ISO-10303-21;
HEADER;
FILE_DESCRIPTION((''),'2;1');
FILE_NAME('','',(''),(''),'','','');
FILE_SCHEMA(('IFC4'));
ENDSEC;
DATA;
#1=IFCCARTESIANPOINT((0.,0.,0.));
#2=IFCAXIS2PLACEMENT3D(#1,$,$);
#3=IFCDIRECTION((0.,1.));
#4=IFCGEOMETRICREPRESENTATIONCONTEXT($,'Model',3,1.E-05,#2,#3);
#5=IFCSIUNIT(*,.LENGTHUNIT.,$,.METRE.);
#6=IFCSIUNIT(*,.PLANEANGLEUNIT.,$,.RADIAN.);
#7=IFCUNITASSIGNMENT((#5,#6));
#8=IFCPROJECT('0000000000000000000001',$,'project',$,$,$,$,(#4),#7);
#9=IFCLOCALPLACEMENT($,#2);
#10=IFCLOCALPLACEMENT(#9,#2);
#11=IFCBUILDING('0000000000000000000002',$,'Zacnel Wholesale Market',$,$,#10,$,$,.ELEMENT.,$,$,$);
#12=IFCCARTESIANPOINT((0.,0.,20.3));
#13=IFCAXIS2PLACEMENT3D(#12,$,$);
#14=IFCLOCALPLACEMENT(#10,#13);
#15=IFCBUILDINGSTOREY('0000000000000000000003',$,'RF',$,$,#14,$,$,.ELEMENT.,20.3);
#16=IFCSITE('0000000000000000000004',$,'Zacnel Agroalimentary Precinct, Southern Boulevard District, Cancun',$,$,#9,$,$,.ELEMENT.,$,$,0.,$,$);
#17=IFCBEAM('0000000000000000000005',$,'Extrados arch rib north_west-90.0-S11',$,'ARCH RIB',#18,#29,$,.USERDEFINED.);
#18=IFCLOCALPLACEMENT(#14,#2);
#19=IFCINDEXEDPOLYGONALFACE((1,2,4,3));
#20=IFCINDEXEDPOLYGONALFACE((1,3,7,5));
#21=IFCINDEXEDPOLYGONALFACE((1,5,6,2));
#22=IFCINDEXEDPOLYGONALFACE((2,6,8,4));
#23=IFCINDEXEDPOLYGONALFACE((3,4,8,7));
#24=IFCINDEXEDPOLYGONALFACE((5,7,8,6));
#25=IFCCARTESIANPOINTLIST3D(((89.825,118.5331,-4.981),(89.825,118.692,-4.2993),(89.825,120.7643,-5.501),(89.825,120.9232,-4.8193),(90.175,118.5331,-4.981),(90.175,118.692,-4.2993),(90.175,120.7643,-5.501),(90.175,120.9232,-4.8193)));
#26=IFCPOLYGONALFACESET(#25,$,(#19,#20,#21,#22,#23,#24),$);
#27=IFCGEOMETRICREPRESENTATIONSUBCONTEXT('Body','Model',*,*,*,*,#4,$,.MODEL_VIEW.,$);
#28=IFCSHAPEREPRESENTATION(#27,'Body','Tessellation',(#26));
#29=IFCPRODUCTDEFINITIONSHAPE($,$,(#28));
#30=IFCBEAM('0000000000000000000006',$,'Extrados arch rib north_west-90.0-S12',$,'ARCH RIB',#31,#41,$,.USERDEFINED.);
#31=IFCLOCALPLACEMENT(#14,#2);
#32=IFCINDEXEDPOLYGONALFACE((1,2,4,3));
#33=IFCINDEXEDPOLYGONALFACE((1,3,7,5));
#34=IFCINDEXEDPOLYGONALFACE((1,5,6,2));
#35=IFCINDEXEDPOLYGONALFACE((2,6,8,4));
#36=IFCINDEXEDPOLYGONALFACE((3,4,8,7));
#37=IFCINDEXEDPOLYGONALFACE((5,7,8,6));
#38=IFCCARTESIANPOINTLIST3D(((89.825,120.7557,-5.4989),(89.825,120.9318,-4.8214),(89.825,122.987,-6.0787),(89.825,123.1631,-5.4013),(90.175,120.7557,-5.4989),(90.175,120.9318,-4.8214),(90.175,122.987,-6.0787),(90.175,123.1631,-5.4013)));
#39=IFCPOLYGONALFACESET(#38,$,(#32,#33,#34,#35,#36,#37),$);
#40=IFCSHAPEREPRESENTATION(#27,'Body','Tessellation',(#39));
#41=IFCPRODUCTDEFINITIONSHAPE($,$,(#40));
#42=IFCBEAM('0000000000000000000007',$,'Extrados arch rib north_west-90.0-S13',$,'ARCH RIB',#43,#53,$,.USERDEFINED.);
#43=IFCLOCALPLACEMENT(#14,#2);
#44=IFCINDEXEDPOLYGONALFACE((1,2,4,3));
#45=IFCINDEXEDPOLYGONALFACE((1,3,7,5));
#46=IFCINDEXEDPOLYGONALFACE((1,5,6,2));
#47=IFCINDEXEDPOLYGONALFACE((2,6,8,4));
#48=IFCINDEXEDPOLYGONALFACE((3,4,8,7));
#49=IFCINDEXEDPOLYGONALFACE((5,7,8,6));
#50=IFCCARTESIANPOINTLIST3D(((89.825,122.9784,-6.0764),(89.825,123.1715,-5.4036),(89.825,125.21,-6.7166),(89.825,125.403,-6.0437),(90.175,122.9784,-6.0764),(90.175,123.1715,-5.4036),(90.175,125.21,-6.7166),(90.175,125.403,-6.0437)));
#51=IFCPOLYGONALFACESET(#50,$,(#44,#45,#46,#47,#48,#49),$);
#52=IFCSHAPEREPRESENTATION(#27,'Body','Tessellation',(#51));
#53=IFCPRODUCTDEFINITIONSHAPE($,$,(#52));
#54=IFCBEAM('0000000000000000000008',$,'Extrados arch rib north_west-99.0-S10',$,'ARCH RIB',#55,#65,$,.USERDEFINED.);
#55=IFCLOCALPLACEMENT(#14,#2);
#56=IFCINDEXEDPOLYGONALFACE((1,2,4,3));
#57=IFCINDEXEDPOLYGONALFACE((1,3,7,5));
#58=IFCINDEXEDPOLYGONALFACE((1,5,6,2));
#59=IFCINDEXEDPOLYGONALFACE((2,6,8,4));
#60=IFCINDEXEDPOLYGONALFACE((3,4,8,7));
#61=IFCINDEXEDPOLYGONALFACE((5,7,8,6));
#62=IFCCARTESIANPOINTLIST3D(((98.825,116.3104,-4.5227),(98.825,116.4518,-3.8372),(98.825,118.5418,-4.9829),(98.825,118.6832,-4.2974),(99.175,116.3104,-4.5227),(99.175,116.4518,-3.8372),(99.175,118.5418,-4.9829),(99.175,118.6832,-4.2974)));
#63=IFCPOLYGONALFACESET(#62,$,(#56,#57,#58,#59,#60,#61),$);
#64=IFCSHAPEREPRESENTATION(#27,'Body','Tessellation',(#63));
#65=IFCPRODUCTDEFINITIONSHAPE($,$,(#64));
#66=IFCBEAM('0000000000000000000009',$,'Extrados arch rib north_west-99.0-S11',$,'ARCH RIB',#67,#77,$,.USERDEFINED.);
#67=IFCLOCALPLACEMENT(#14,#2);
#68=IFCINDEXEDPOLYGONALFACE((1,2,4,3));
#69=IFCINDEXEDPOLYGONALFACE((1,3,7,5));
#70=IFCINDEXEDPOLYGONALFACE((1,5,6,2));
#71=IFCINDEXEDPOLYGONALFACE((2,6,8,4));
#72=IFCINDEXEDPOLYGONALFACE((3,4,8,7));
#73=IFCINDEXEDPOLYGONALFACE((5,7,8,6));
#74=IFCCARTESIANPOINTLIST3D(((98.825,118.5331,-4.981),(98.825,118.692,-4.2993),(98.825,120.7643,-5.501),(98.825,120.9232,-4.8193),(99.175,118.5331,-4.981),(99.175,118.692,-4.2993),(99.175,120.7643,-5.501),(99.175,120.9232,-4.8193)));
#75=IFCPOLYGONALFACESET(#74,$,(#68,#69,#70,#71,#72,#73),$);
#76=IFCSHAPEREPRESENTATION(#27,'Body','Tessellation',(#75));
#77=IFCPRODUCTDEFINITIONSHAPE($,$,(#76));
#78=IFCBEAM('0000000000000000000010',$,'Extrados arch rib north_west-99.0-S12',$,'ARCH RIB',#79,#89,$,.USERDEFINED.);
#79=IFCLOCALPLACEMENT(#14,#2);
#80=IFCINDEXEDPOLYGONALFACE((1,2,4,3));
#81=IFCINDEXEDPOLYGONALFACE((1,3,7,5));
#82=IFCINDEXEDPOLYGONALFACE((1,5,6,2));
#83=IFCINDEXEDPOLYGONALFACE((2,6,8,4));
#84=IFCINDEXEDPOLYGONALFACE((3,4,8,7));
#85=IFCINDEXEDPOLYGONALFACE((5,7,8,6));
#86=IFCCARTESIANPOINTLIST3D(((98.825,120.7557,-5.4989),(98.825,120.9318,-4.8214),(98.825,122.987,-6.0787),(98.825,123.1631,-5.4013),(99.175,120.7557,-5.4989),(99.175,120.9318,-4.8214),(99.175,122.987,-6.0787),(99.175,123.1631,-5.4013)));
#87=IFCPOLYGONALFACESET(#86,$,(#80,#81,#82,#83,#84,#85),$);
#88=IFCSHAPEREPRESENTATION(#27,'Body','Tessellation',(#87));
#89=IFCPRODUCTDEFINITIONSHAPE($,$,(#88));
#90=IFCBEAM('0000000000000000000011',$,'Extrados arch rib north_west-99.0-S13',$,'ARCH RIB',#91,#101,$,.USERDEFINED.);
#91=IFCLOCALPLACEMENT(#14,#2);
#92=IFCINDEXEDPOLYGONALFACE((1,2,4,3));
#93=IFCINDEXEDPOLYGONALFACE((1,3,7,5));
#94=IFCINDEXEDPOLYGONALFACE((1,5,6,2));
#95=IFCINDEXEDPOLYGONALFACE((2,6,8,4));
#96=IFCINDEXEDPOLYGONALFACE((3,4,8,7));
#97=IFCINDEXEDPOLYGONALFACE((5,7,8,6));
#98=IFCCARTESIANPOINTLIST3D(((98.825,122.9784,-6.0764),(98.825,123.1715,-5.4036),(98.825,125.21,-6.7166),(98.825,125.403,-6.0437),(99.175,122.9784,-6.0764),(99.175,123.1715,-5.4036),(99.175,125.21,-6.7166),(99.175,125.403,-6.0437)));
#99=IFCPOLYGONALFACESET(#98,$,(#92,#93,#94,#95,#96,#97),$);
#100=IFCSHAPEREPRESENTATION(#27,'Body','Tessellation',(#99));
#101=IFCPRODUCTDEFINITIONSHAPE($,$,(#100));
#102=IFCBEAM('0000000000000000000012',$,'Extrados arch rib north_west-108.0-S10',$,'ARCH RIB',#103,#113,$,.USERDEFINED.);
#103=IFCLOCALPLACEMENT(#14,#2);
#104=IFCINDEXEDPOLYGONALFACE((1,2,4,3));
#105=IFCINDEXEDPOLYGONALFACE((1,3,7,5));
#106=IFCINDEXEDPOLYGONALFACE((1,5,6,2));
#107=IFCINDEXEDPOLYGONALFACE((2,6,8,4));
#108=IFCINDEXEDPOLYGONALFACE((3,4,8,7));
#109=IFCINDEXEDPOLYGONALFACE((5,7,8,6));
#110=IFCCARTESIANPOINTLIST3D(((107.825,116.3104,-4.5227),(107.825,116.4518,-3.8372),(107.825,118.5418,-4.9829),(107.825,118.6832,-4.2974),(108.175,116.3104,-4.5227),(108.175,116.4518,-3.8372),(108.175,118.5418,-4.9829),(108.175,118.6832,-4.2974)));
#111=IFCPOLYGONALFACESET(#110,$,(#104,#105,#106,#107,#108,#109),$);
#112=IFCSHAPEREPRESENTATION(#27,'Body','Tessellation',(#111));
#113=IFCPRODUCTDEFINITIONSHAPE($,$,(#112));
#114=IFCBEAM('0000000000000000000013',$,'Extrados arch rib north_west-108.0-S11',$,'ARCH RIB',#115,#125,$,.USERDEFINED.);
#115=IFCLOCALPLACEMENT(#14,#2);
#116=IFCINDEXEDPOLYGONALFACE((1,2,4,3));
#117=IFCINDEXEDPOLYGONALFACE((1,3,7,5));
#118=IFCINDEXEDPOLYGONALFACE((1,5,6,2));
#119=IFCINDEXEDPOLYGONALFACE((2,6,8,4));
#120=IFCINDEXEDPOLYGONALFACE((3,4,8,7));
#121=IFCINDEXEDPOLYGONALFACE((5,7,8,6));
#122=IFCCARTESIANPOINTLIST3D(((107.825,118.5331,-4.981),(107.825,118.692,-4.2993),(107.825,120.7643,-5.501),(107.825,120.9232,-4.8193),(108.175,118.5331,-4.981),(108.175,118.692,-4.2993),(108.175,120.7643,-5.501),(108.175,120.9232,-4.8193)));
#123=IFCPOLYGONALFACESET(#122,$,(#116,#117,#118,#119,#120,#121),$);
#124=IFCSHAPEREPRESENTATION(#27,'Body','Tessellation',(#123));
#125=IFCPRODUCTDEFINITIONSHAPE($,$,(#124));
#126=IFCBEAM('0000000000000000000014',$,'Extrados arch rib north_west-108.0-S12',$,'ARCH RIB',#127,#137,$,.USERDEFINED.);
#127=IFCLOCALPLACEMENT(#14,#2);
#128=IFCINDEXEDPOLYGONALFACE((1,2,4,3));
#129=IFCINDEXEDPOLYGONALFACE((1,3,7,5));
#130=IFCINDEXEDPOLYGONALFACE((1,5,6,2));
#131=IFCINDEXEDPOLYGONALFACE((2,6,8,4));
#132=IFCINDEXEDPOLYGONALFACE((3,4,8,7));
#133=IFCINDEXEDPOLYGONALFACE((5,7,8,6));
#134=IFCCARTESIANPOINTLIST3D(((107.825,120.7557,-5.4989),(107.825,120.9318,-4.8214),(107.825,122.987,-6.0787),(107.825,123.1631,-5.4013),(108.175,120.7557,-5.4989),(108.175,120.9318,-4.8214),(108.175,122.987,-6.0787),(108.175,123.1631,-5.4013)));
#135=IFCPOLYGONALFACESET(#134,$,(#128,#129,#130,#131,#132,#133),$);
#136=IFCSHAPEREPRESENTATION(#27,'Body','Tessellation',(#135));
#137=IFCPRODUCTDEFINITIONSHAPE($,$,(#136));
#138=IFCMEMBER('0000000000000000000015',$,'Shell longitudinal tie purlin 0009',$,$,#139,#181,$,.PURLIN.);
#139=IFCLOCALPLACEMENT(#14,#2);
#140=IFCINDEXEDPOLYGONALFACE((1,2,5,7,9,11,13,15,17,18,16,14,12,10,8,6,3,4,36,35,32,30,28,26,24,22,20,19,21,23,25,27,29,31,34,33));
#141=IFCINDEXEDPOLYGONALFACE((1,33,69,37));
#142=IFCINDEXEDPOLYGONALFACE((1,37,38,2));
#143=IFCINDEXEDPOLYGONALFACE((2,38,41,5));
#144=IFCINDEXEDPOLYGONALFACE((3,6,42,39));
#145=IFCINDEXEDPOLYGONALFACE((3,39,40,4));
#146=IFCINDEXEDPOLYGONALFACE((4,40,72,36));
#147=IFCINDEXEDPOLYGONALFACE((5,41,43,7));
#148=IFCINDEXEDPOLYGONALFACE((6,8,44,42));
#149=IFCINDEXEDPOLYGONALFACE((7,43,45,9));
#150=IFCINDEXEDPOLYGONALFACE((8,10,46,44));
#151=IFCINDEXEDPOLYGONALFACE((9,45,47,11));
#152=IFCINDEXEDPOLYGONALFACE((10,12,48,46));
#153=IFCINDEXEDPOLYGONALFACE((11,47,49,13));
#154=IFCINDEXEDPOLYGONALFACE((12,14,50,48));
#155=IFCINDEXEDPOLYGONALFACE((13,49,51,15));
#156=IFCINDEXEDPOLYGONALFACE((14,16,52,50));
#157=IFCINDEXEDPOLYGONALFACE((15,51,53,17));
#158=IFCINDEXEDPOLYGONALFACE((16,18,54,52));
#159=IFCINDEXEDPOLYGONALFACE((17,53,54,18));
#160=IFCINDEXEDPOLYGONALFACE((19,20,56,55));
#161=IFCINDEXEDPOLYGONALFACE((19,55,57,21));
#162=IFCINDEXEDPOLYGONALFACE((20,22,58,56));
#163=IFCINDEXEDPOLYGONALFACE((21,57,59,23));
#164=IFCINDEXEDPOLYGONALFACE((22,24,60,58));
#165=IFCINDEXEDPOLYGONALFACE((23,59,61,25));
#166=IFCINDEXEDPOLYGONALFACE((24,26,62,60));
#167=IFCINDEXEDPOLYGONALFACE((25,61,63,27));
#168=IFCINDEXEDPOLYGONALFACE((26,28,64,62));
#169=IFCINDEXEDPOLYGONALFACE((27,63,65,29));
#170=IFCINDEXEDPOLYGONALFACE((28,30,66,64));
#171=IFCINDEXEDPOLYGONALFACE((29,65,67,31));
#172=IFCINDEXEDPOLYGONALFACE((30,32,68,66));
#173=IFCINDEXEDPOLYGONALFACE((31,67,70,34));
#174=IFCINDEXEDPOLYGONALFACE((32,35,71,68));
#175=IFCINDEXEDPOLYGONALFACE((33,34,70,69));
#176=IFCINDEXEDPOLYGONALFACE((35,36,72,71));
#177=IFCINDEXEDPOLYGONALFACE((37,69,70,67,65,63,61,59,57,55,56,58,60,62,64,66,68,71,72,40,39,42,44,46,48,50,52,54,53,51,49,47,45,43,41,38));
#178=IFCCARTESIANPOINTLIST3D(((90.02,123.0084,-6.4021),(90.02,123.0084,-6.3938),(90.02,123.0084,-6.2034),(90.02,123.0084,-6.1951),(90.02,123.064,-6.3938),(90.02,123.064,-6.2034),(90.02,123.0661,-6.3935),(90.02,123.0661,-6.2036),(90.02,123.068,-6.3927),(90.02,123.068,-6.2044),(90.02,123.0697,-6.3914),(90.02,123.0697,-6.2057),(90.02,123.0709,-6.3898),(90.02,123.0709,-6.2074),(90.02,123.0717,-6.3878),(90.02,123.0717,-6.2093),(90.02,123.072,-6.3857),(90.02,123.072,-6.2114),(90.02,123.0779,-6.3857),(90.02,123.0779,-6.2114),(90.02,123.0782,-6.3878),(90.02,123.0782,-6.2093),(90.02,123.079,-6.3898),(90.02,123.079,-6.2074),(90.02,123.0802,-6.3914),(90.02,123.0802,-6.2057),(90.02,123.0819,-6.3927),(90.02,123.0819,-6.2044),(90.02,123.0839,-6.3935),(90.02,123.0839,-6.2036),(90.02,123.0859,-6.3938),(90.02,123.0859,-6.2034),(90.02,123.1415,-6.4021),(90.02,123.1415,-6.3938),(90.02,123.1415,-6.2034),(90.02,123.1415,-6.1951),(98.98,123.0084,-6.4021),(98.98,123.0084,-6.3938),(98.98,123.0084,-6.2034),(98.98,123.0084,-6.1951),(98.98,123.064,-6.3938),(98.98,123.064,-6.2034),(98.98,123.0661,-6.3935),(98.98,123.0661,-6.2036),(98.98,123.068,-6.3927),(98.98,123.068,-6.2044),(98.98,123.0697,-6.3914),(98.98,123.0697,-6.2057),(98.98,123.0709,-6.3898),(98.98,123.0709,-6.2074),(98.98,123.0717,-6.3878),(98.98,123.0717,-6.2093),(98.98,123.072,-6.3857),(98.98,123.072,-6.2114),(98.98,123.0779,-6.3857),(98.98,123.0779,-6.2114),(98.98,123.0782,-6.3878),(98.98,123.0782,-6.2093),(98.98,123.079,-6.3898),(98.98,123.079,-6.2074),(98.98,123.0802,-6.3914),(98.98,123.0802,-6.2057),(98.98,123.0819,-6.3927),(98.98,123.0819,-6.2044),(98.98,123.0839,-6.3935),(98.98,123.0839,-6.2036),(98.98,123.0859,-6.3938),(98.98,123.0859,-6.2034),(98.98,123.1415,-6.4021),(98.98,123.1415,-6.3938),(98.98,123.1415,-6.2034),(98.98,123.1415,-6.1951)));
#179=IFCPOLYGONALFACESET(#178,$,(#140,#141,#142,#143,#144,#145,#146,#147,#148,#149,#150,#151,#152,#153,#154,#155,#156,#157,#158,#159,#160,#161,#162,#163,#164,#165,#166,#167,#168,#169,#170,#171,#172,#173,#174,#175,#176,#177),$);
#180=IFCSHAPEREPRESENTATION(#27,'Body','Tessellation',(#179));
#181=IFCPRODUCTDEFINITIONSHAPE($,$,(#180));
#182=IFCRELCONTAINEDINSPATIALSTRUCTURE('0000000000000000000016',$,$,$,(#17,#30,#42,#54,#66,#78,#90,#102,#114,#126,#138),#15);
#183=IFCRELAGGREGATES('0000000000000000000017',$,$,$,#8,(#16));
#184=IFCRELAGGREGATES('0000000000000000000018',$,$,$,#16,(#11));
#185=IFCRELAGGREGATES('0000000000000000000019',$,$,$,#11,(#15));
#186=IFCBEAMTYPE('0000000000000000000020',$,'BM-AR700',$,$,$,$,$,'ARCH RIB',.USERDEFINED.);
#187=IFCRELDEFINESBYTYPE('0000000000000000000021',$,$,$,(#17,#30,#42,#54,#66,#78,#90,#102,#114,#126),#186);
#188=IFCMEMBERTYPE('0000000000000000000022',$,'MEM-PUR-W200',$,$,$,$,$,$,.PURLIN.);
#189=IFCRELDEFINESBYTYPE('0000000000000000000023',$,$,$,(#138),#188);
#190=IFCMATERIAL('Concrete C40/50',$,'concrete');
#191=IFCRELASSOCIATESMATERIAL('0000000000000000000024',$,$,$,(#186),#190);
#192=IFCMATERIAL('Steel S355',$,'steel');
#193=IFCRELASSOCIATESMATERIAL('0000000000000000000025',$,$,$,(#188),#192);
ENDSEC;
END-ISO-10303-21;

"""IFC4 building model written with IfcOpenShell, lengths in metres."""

from ifc_helpers import new_model, si_unit, direction, frame, origin, origin_2d, place, context, subcontext, project, spatial, rectangle, i_section, extrude, material, material_profile, profile_set, type_object, element, save


model = new_model("IFC4")

# Units and contexts
model_context = context("Model", 3, precision=1e-05, world=origin(), true_north=direction((0.0, 1.0)))
body_context = subcontext(model_context, "Body", "Model", "MODEL_VIEW")
ifc_project = project(units=[si_unit("LENGTHUNIT", "METRE"), si_unit("PLANEANGLEUNIT", "RADIAN")], contexts=[model_context])

# Site, building, storey
site_placement = place(None, origin())
site = spatial("IfcSite", under=ifc_project, at=site_placement, Name="Zacnel Agroalimentary Precinct, Southern Boulevard District, Cancun", CompositionType="ELEMENT", RefElevation=0.0)
building_placement = place(site_placement, origin())
building = spatial("IfcBuilding", under=site, at=building_placement, Name="Zacnel Wholesale Market", CompositionType="ELEMENT")
storey_placement = place(building_placement, frame((0.0, 0.0, 20.3)))
storey = spatial("IfcBuildingStorey", under=building, at=storey_placement, Name="RF", CompositionType="ELEMENT", Elevation=20.3)

# Beams
ifc_material_1 = material(Name="Concrete C40/50", Category="concrete")
ifc_material_profile_1 = material_profile(ifc_material_1, rectangle(XDim=0.3501, YDim=0.7, at=origin_2d()), Name="ARCH RIB 350x700")
ifc_profile_set_1 = profile_set([ifc_material_profile_1], Name="Concrete C40/50")
beam_type = type_object("IfcBeamType", Name="BM-AR700", ElementType="ARCH RIB", PredefinedType="USERDEFINED", material=ifc_profile_set_1)
beam_1_placement = place(storey_placement, frame((90.0, 118.6125, -4.6401), z_axis=(0.0, 0.973899, -0.226984), x_axis=(-1.0, 0.0, 0.0)))
element("IfcBeam", 1, at=beam_1_placement, inside=storey, type_object=beam_type, Name="Extrados arch rib north_west-90.0-S11", ObjectType="ARCH RIB", PredefinedType="USERDEFINED", context=body_context, shape_type="SweptSolid", body=[
    extrude(rectangle(XDim=0.3501, YDim=0.7, at=origin_2d()), origin(), (0.0, 0.0, 1.0), 2.291),
])
beam_2_placement = place(storey_placement, frame((90.0, 120.8438, -5.1602), z_axis=(0.0, 0.967852, -0.251521), x_axis=(-1.0, 0.0, 0.0)))
element("IfcBeam", 2, at=beam_2_placement, inside=storey, type_object=beam_type, Name="Extrados arch rib north_west-90.0-S12", ObjectType="ARCH RIB", PredefinedType="USERDEFINED", context=body_context, shape_type="SweptSolid", body=[
    extrude(rectangle(XDim=0.3501, YDim=0.7, at=origin_2d()), origin(), (0.0, 0.0, 1.0), 2.3054),
])
beam_3_placement = place(storey_placement, frame((90.0, 123.075, -5.74), z_axis=(0.0, 0.96123, -0.275749), x_axis=(-1.0, 0.0, 0.0)))
element("IfcBeam", 3, at=beam_3_placement, inside=storey, type_object=beam_type, Name="Extrados arch rib north_west-90.0-S13", ObjectType="ARCH RIB", PredefinedType="USERDEFINED", context=body_context, shape_type="SweptSolid", body=[
    extrude(rectangle(XDim=0.3501, YDim=0.7, at=origin_2d()), origin(), (0.0, 0.0, 1.0), 2.3215),
])
beam_4_placement = place(storey_placement, frame((99.0, 116.3811, -4.1799), z_axis=(0.0, 0.979389, -0.201985), x_axis=(-1.0, 0.0, 0.0)))
element("IfcBeam", 4, at=beam_4_placement, inside=storey, type_object=beam_type, Name="Extrados arch rib north_west-99.0-S10", ObjectType="ARCH RIB", PredefinedType="USERDEFINED", context=body_context, shape_type="SweptSolid", body=[
    extrude(rectangle(XDim=0.3501, YDim=0.7, at=origin_2d()), origin(), (0.0, 0.0, 1.0), 2.2783),
])
beam_5_placement = place(storey_placement, frame((99.0, 118.6125, -4.6401), z_axis=(0.0, 0.973899, -0.226984), x_axis=(-1.0, 0.0, 0.0)))
element("IfcBeam", 5, at=beam_5_placement, inside=storey, type_object=beam_type, Name="Extrados arch rib north_west-99.0-S11", ObjectType="ARCH RIB", PredefinedType="USERDEFINED", context=body_context, shape_type="SweptSolid", body=[
    extrude(rectangle(XDim=0.3501, YDim=0.7, at=origin_2d()), origin(), (0.0, 0.0, 1.0), 2.291),
])
beam_6_placement = place(storey_placement, frame((99.0, 120.8438, -5.1602), z_axis=(0.0, 0.967852, -0.251521), x_axis=(-1.0, 0.0, 0.0)))
element("IfcBeam", 6, at=beam_6_placement, inside=storey, type_object=beam_type, Name="Extrados arch rib north_west-99.0-S12", ObjectType="ARCH RIB", PredefinedType="USERDEFINED", context=body_context, shape_type="SweptSolid", body=[
    extrude(rectangle(XDim=0.3501, YDim=0.7, at=origin_2d()), origin(), (0.0, 0.0, 1.0), 2.3054),
])
beam_7_placement = place(storey_placement, frame((99.0, 123.075, -5.74), z_axis=(0.0, 0.96123, -0.275749), x_axis=(-1.0, 0.0, 0.0)))
element("IfcBeam", 7, at=beam_7_placement, inside=storey, type_object=beam_type, Name="Extrados arch rib north_west-99.0-S13", ObjectType="ARCH RIB", PredefinedType="USERDEFINED", context=body_context, shape_type="SweptSolid", body=[
    extrude(rectangle(XDim=0.3501, YDim=0.7, at=origin_2d()), origin(), (0.0, 0.0, 1.0), 2.3215),
])
beam_8_placement = place(storey_placement, frame((108.0, 116.3811, -4.1799), z_axis=(0.0, 0.979389, -0.201985), x_axis=(-1.0, 0.0, 0.0)))
element("IfcBeam", 8, at=beam_8_placement, inside=storey, type_object=beam_type, Name="Extrados arch rib north_west-108.0-S10", ObjectType="ARCH RIB", PredefinedType="USERDEFINED", context=body_context, shape_type="SweptSolid", body=[
    extrude(rectangle(XDim=0.3501, YDim=0.7, at=origin_2d()), origin(), (0.0, 0.0, 1.0), 2.2783),
])
beam_9_placement = place(storey_placement, frame((108.0, 118.6125, -4.6401), z_axis=(0.0, 0.973899, -0.226984), x_axis=(-1.0, 0.0, 0.0)))
element("IfcBeam", 9, at=beam_9_placement, inside=storey, type_object=beam_type, Name="Extrados arch rib north_west-108.0-S11", ObjectType="ARCH RIB", PredefinedType="USERDEFINED", context=body_context, shape_type="SweptSolid", body=[
    extrude(rectangle(XDim=0.3501, YDim=0.7, at=origin_2d()), origin(), (0.0, 0.0, 1.0), 2.291),
])
beam_10_placement = place(storey_placement, frame((108.0, 120.8438, -5.1602), z_axis=(0.0, 0.967852, -0.251521), x_axis=(-1.0, 0.0, 0.0)))
element("IfcBeam", 10, at=beam_10_placement, inside=storey, type_object=beam_type, Name="Extrados arch rib north_west-108.0-S12", ObjectType="ARCH RIB", PredefinedType="USERDEFINED", context=body_context, shape_type="SweptSolid", body=[
    extrude(rectangle(XDim=0.3501, YDim=0.7, at=origin_2d()), origin(), (0.0, 0.0, 1.0), 2.3054),
])

# Member
ifc_material_2 = material(Name="Steel S355", Category="steel")
ifc_material_profile_2 = material_profile(ifc_material_2, i_section(OverallWidth=0.1331, OverallDepth=0.207, WebThickness=0.0059, FlangeThickness=0.0083, FilletRadius=0.0081, at=origin_2d()), Name="W200X26.6")
ifc_profile_set_2 = profile_set([ifc_material_profile_2], Name="Steel S355")
member_type_1 = type_object("IfcMemberType", Name="MEM-PUR-W200", PredefinedType="PURLIN", material=ifc_profile_set_2)
for number, where, z_axis, x_axis, name in (
    (11, (90.02, 123.075, -6.2986), (1.0, 0.0, 0.0), (0.0, 1.0, 0.0), "Shell longitudinal tie purlin 0009"),
):
    element("IfcMember", number, at=place(storey_placement, frame(where, z_axis=z_axis, x_axis=x_axis)), inside=storey, type_object=member_type_1, Name=name, PredefinedType="PURLIN", context=body_context, shape_type="SweptSolid", body=[
        extrude(i_section(OverallWidth=0.1331, OverallDepth=0.207, WebThickness=0.0059, FlangeThickness=0.0083, FilletRadius=0.0081, at=origin_2d()), origin(), (0.0, 0.0, 1.0), 8.96),
    ])

save(model, "model.ifc")
